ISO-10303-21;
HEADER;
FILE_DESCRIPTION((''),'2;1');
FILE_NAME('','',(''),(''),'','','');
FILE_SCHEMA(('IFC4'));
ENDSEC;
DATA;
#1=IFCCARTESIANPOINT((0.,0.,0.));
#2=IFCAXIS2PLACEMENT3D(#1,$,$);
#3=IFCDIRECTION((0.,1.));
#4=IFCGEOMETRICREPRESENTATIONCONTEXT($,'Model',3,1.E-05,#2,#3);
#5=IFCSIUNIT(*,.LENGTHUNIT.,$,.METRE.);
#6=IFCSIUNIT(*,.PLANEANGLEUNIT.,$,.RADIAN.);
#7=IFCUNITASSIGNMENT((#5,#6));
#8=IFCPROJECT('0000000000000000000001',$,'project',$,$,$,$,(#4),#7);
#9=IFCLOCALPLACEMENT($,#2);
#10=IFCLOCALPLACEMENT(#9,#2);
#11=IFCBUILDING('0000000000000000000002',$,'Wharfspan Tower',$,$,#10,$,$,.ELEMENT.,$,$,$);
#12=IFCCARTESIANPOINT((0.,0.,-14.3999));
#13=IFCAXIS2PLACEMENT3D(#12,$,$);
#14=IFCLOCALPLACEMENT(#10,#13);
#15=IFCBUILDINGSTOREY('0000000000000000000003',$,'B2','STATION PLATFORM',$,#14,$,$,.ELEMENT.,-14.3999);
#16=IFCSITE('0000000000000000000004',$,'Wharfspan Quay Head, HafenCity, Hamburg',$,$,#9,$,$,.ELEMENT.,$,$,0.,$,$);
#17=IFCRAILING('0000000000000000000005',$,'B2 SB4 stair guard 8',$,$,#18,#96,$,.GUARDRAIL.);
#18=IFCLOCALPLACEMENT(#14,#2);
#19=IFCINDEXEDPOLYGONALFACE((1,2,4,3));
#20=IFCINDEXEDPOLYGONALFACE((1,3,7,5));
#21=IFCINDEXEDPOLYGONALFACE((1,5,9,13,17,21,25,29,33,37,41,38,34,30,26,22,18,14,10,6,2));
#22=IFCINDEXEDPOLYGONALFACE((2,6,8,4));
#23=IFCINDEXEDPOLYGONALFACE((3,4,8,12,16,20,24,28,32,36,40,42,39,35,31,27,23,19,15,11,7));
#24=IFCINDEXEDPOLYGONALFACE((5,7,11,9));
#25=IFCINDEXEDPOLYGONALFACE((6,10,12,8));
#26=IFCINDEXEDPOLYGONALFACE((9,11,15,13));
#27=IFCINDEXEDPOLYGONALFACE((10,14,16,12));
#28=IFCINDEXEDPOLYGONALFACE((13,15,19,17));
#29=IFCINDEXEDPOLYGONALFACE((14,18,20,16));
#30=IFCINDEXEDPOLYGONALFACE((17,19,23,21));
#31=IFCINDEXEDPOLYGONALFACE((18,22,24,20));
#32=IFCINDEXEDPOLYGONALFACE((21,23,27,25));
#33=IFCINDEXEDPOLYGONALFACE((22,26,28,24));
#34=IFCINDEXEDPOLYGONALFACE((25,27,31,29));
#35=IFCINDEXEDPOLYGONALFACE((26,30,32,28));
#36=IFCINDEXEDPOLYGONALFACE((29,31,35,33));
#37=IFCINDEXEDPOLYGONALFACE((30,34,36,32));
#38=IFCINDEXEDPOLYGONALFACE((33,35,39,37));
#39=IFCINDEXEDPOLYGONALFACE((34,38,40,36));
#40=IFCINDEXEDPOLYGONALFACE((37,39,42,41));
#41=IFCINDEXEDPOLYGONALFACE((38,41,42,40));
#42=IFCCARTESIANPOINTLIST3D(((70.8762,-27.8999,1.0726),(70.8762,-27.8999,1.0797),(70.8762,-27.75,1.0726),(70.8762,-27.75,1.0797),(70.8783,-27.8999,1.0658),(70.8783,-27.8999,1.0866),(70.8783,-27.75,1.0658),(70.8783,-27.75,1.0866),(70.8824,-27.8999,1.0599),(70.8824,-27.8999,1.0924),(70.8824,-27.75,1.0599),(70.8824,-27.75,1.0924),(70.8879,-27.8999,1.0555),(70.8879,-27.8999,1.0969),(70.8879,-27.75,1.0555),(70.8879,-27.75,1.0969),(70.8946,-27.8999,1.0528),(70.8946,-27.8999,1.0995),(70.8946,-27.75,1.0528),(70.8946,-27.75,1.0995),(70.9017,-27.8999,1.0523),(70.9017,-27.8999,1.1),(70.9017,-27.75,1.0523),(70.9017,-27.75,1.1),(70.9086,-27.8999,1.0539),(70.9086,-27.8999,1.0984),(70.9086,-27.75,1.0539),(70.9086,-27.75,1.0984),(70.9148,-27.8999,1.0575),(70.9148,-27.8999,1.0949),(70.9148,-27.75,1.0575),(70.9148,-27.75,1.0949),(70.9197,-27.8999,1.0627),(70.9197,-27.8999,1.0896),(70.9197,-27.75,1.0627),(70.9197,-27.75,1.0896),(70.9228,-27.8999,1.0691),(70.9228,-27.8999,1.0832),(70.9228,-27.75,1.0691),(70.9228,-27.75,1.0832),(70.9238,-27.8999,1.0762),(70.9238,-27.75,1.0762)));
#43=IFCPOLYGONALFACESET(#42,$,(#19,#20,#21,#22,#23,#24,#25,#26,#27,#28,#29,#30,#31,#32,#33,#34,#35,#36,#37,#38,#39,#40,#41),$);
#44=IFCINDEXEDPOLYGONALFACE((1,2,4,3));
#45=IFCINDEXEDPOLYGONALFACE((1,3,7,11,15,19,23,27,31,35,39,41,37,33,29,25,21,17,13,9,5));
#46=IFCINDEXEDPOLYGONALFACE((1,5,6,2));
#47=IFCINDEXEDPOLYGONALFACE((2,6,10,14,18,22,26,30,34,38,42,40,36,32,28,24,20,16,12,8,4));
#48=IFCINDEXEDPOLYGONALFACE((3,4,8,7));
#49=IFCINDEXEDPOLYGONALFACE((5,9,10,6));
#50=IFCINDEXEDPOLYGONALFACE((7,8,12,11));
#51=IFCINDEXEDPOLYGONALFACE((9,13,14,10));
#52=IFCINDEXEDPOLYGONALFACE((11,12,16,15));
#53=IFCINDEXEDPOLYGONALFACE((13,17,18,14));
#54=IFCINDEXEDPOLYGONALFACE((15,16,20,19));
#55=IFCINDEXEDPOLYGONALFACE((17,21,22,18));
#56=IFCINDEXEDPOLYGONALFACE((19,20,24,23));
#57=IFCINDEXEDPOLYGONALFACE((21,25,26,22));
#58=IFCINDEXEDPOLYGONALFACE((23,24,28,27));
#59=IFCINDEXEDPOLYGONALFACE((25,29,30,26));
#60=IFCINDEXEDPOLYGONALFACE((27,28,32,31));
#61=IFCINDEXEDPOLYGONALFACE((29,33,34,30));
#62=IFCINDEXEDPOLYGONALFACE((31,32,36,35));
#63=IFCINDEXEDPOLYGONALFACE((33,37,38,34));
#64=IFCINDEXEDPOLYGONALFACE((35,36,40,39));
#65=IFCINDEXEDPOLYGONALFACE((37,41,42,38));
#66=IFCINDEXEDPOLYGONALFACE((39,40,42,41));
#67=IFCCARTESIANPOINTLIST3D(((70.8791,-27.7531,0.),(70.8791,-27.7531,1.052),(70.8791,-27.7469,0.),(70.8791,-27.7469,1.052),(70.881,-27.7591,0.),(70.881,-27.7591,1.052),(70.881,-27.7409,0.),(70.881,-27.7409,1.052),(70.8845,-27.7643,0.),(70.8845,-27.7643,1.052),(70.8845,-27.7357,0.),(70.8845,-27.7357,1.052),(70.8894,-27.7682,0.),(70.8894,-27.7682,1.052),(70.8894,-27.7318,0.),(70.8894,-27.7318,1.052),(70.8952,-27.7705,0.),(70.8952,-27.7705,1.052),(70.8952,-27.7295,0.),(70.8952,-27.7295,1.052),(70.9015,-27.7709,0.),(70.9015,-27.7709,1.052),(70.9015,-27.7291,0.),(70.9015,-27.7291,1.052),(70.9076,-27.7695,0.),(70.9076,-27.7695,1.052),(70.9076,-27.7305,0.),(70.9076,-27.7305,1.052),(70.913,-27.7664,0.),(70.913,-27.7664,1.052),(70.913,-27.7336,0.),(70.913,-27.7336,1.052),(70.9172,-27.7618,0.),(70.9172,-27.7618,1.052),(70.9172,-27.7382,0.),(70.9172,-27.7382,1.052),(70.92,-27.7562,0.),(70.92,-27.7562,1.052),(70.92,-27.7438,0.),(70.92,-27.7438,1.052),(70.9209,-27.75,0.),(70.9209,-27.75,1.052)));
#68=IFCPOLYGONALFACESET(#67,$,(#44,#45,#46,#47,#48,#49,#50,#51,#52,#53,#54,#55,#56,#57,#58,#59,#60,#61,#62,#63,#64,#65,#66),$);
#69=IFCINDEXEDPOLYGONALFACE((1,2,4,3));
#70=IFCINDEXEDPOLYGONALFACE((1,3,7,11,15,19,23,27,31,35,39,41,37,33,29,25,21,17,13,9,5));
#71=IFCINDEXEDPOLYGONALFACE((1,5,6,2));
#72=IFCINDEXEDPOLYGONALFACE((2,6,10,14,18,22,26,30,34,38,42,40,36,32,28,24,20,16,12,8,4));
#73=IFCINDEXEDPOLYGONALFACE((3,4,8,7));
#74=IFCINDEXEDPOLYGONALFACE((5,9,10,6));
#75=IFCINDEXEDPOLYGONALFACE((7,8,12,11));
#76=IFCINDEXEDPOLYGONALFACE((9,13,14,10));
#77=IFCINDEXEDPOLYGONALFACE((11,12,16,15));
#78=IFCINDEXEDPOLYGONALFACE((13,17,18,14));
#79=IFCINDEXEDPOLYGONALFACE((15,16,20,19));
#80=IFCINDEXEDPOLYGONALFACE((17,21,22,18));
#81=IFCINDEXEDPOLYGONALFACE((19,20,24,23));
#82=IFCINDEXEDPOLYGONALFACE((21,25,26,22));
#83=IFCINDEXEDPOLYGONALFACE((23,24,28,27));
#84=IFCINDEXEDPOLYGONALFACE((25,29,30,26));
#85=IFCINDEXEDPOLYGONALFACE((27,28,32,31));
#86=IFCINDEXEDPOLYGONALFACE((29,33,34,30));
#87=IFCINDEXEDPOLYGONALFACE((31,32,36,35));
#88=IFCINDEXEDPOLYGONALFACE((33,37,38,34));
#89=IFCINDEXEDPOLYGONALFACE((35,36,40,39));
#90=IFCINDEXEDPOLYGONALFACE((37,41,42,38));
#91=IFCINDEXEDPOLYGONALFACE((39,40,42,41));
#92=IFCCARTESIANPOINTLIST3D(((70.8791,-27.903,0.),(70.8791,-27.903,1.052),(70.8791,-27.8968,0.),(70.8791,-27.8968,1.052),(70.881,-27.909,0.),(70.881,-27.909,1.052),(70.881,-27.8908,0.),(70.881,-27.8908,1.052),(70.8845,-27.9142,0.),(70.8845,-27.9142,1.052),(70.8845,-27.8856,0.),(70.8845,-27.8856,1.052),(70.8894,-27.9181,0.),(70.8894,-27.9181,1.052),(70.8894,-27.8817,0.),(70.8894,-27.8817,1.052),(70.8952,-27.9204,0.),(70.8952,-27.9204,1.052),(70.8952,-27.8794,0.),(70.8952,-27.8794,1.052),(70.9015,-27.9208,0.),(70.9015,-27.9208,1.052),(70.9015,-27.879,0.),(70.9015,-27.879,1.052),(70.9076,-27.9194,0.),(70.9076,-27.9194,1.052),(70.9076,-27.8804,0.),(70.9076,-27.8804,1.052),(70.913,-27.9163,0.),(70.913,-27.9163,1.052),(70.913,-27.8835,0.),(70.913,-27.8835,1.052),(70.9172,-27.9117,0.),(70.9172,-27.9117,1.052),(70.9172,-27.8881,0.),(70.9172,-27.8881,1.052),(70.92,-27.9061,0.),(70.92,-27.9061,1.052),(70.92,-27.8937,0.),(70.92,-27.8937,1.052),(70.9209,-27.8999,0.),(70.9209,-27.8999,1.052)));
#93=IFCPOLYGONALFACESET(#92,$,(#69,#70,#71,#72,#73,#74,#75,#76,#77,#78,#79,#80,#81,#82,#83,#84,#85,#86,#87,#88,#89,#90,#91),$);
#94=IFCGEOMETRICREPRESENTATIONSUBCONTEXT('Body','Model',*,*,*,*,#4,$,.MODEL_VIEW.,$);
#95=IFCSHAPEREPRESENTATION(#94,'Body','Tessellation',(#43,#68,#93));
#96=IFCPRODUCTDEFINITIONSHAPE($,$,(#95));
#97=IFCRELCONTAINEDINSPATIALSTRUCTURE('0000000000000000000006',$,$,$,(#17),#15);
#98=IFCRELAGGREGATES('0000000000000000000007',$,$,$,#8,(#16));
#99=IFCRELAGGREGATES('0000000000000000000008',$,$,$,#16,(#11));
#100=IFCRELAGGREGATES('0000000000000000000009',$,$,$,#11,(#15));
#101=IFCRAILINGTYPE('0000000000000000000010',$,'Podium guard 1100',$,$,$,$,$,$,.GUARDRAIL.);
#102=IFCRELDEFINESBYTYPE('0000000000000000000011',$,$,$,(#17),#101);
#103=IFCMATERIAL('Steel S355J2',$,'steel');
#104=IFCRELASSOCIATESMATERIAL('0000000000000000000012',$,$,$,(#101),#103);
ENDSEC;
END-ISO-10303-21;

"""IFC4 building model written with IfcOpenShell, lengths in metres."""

from ifc_helpers import new_model, si_unit, direction, frame, origin, origin_2d, place, context, subcontext, project, spatial, circle, extrude, material, type_object, element, save


model = new_model("IFC4")

# Units and contexts
model_context = context("Model", 3, precision=1e-05, world=origin(), true_north=direction((0.0, 1.0)))
body_context = subcontext(model_context, "Body", "Model", "MODEL_VIEW")
ifc_project = project(units=[si_unit("LENGTHUNIT", "METRE"), si_unit("PLANEANGLEUNIT", "RADIAN")], contexts=[model_context])

# Site, building, storey
site_placement = place(None, origin())
site = spatial("IfcSite", under=ifc_project, at=site_placement, Name="Wharfspan Quay Head, HafenCity, Hamburg", CompositionType="ELEMENT", RefElevation=0.0)
building_placement = place(site_placement, origin())
building = spatial("IfcBuilding", under=site, at=building_placement, Name="Wharfspan Tower", CompositionType="ELEMENT")
storey_placement = place(building_placement, frame((0.0, 0.0, -14.3999)))
storey = spatial("IfcBuildingStorey", under=building, at=storey_placement, Name="B2", Description="STATION PLATFORM", CompositionType="ELEMENT", Elevation=-14.3999)

# Railing
ifc_material_1 = material(Name="Steel S355J2", Category="steel")
railing_type_1 = type_object("IfcRailingType", Name="Podium guard 1100", PredefinedType="GUARDRAIL", material=ifc_material_1)
railing_1_placement = place(storey_placement, frame((70.8999, -27.75, 0.0)))
element("IfcRailing", 1, at=railing_1_placement, inside=storey, type_object=railing_type_1, Name="B2 SB4 stair guard 8", PredefinedType="GUARDRAIL", context=body_context, shape_type="SweptSolid", body=[
    extrude(circle(Radius=0.0239, at=origin_2d()), frame((0.0, 0.0, 1.0762), z_axis=(0.0, -1.0, 0.0), x_axis=(1.0, 0.0, 0.0)), (0.0, 0.0, 1.0), 0.1499),
    extrude(circle(Radius=0.021, at=origin_2d()), origin(), (0.0, 0.0, 1.0), 1.052),
    extrude(circle(Radius=0.021, at=origin_2d()), frame((0.0, -0.1499, 0.0)), (0.0, 0.0, 1.0), 1.052),
])

save(model, "model.ifc")
